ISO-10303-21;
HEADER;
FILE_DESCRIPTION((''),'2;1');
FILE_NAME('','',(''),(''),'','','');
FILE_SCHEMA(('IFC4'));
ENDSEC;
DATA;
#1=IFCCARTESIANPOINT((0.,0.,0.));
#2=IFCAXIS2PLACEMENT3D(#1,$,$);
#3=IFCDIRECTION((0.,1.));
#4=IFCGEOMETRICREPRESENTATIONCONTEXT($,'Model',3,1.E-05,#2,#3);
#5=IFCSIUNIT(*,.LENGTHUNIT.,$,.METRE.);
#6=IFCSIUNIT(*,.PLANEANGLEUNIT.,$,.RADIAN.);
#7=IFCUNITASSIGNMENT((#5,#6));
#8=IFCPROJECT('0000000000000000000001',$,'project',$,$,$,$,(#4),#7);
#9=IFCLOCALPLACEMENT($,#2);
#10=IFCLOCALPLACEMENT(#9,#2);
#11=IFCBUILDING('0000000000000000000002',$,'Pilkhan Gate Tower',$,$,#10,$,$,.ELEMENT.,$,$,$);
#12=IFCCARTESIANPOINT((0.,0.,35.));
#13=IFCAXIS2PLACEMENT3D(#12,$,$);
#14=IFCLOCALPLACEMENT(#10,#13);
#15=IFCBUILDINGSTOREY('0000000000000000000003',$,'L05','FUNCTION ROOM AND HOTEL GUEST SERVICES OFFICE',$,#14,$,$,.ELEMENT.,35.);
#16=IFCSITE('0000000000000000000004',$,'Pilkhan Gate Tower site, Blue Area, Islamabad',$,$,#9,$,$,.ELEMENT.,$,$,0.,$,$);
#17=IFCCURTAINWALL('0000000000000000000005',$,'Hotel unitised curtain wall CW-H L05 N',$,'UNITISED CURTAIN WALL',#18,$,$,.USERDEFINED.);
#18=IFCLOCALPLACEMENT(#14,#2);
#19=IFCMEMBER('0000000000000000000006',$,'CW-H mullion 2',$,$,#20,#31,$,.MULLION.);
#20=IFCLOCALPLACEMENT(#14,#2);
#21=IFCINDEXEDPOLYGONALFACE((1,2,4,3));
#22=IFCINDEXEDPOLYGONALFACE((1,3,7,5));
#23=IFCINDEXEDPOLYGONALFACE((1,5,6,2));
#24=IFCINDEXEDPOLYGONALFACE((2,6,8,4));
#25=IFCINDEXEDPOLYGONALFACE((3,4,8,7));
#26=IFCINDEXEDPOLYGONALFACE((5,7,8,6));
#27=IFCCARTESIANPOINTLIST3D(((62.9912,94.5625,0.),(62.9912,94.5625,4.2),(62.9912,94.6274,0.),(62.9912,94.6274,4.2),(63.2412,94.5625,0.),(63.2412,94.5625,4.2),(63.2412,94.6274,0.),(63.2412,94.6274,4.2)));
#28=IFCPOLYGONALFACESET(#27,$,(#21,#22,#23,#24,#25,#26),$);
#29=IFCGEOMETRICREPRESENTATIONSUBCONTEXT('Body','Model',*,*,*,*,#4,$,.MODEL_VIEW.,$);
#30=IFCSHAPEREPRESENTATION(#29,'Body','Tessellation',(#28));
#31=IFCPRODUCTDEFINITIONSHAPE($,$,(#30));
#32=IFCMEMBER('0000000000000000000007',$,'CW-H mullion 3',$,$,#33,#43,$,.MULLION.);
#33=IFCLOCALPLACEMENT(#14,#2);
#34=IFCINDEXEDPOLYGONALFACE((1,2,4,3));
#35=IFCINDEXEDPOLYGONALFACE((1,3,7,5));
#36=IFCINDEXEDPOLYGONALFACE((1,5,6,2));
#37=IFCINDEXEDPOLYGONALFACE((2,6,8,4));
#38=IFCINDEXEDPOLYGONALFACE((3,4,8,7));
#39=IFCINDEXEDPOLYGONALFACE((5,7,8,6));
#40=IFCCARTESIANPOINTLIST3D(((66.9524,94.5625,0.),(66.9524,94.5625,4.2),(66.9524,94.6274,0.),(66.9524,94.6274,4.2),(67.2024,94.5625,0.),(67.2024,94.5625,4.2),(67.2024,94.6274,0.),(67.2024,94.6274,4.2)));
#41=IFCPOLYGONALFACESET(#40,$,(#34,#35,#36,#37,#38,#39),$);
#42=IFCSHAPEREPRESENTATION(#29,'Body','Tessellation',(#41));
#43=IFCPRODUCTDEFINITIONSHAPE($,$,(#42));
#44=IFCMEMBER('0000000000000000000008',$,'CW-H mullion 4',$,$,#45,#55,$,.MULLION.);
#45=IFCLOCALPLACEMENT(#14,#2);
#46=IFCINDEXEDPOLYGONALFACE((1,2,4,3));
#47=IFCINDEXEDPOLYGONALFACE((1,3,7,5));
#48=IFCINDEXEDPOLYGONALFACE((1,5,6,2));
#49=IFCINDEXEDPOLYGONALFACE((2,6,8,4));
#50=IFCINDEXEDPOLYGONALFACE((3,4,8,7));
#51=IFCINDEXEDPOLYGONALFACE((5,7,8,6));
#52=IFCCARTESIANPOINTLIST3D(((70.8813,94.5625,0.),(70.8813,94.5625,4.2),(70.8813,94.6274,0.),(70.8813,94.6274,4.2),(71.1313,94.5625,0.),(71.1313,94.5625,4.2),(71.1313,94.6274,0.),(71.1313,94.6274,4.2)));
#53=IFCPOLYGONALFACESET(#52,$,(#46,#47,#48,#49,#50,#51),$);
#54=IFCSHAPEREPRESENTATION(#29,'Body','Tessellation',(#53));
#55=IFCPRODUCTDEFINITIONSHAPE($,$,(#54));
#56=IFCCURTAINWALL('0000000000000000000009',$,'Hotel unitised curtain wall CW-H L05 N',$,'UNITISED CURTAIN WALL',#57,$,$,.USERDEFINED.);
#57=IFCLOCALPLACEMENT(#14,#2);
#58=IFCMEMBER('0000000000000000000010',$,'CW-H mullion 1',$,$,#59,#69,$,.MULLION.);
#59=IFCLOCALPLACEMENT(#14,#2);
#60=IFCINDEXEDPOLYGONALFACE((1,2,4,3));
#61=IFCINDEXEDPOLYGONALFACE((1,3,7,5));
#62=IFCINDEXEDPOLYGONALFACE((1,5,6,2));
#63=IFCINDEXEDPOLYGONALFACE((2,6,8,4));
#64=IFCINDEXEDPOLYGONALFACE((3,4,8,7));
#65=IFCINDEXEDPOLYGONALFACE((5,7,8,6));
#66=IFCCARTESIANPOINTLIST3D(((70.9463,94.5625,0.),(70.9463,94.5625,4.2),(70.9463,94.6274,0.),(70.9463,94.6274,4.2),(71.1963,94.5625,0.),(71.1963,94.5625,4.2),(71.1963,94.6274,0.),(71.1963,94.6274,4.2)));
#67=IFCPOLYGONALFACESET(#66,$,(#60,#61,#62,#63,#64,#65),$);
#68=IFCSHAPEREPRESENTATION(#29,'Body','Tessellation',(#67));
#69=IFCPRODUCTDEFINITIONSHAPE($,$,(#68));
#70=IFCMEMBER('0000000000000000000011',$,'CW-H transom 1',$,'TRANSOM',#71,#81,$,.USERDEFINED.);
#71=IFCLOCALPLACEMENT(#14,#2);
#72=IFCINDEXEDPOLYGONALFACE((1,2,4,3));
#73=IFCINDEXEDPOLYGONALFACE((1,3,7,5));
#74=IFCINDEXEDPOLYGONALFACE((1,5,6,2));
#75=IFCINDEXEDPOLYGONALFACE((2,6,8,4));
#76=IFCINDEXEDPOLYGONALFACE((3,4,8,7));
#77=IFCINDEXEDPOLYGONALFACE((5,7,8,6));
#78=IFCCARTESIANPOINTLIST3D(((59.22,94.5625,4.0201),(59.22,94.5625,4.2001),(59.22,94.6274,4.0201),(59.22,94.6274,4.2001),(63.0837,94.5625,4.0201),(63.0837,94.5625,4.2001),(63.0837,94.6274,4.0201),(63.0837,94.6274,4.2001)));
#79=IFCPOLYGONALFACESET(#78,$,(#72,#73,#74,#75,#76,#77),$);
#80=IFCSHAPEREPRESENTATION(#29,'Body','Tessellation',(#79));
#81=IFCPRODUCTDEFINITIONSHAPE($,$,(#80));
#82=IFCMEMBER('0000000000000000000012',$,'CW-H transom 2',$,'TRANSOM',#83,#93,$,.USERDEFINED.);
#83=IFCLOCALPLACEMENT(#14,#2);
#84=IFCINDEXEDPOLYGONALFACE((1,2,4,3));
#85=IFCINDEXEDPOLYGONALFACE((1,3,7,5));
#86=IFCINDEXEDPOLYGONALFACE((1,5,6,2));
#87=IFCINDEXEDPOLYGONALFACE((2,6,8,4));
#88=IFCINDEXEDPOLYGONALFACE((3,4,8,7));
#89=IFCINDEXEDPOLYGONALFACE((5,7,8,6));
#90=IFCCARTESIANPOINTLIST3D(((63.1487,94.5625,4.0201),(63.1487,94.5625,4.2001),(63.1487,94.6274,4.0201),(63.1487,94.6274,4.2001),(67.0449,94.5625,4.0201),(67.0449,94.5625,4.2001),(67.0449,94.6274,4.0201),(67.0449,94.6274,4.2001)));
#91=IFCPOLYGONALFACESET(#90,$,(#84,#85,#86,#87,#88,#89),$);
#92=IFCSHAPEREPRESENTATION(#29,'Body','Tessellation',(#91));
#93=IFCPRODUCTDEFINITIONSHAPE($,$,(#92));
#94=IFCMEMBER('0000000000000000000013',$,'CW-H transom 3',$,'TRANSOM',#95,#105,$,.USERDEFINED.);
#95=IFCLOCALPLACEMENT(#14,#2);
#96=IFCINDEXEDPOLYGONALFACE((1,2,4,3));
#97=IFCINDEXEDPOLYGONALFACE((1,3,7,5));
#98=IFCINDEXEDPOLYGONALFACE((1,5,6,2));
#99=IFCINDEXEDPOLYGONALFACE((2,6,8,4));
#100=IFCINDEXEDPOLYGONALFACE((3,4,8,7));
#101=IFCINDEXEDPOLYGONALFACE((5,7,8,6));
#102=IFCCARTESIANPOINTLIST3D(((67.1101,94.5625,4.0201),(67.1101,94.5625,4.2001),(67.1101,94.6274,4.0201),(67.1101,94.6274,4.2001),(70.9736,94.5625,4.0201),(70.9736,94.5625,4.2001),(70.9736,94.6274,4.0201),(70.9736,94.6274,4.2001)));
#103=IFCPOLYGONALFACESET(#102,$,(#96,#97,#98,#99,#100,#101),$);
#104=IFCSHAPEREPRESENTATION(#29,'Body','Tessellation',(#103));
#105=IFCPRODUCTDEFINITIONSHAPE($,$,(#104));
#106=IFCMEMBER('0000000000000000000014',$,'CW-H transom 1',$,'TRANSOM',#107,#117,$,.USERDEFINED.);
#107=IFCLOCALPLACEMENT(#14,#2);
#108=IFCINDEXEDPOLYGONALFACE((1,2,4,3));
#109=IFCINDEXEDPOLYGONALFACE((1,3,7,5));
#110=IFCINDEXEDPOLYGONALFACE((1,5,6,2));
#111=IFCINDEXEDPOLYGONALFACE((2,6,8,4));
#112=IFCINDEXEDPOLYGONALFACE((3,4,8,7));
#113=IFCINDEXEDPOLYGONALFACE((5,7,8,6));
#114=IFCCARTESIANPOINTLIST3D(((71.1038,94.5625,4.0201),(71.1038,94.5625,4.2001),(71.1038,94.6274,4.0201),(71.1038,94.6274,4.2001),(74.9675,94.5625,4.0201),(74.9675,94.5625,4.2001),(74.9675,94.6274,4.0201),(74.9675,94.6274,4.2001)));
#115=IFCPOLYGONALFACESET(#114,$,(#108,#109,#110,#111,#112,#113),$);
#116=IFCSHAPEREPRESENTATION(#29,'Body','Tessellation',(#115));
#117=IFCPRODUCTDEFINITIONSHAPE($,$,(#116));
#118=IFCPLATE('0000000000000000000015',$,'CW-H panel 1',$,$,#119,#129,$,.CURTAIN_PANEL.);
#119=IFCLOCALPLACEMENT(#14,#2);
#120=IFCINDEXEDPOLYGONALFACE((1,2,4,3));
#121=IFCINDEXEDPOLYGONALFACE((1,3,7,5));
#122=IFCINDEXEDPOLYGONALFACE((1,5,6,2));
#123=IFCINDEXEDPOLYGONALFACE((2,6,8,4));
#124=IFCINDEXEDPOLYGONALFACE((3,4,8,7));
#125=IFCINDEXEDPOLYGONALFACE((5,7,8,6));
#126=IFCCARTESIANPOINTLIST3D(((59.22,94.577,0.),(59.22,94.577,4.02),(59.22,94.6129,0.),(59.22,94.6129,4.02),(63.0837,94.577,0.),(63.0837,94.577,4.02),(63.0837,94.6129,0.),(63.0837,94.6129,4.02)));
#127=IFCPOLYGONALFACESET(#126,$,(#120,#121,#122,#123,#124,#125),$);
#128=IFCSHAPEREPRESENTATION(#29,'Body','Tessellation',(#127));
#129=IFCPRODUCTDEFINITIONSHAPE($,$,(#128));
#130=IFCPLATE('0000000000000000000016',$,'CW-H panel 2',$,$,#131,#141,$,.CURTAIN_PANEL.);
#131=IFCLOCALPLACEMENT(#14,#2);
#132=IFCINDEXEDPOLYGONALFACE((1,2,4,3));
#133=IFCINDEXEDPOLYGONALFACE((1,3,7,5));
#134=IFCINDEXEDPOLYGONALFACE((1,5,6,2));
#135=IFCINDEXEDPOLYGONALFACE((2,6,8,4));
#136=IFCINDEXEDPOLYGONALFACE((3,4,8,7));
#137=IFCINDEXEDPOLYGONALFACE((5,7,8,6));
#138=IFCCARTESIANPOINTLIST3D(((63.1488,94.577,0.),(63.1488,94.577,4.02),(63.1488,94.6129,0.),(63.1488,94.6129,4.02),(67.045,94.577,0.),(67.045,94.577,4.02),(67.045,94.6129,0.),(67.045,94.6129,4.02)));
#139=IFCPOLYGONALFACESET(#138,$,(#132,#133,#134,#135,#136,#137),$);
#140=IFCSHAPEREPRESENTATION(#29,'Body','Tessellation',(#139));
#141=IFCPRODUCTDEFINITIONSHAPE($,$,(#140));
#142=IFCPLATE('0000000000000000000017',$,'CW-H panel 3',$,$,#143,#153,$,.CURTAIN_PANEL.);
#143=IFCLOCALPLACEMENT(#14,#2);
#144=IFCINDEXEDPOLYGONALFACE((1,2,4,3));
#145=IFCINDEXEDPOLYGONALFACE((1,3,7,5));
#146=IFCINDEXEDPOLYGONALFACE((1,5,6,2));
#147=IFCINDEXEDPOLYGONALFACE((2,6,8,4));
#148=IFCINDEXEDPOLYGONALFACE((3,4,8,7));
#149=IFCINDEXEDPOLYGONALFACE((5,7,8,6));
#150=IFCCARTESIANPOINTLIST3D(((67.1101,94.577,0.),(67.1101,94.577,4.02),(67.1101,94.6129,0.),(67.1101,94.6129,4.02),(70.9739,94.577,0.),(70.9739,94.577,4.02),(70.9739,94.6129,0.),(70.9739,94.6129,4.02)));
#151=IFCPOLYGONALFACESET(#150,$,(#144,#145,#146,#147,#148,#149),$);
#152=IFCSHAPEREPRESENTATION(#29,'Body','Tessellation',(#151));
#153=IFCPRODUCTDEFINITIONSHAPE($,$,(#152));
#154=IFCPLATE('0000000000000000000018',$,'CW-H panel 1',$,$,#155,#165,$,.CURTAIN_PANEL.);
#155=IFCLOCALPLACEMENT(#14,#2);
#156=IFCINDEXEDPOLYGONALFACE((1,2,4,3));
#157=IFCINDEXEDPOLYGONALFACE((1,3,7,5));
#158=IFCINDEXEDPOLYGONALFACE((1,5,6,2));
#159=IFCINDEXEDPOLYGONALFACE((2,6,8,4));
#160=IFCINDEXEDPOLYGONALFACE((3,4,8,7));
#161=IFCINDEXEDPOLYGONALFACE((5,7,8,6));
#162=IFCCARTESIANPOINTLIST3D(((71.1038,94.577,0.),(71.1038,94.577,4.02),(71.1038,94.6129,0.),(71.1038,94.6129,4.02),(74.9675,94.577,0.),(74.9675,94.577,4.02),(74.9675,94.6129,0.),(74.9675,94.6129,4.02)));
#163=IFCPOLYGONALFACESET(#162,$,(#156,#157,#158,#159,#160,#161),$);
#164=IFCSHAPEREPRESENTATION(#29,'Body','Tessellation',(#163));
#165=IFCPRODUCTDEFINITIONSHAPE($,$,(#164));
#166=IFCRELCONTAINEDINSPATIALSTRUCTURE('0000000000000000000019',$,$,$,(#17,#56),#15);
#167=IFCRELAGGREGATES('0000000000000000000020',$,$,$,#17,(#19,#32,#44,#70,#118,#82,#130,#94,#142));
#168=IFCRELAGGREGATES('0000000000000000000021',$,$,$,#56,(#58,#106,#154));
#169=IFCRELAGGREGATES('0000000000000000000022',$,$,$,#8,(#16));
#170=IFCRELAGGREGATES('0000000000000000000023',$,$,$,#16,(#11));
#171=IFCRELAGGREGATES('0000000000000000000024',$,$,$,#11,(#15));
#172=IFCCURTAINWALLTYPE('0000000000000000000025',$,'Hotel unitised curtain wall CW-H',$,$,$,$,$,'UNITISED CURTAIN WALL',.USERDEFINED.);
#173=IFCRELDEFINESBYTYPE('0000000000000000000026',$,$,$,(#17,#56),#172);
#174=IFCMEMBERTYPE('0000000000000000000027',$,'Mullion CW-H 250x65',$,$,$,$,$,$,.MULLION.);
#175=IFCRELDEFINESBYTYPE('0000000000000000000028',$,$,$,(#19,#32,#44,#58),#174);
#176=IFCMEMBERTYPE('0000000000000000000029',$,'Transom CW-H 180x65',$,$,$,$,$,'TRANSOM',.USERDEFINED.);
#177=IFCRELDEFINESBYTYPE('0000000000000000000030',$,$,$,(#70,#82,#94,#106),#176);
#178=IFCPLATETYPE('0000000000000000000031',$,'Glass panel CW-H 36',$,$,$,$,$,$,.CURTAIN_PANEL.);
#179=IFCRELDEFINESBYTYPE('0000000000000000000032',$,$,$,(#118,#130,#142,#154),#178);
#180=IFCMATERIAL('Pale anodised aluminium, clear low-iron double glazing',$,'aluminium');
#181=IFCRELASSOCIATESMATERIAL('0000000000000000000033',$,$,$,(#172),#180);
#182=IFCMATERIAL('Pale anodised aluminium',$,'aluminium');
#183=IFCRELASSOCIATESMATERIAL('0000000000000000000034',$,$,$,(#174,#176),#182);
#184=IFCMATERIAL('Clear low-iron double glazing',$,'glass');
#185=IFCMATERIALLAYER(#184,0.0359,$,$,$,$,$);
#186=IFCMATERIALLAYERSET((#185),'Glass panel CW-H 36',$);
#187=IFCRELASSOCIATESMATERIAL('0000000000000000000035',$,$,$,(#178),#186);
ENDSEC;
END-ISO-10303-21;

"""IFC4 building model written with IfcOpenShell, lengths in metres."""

from ifc_helpers import new_model, si_unit, direction, frame, origin, origin_2d, place, context, subcontext, project, spatial, rectangle, extrude, material, layer, layer_set, material_profile, profile_set, type_object, element, aggregate, save


model = new_model("IFC4")

# Units and contexts
model_context = context("Model", 3, precision=1e-05, world=origin(), true_north=direction((0.0, 1.0)))
body_context = subcontext(model_context, "Body", "Model", "MODEL_VIEW")
ifc_project = project(units=[si_unit("LENGTHUNIT", "METRE"), si_unit("PLANEANGLEUNIT", "RADIAN")], contexts=[model_context])

# Site, building, storey
site_placement = place(None, origin())
site = spatial("IfcSite", under=ifc_project, at=site_placement, Name="Pilkhan Gate Tower site, Blue Area, Islamabad", CompositionType="ELEMENT", RefElevation=0.0)
building_placement = place(site_placement, origin())
building = spatial("IfcBuilding", under=site, at=building_placement, Name="Pilkhan Gate Tower", CompositionType="ELEMENT")
storey_placement = place(building_placement, frame((0.0, 0.0, 35.0)))
storey = spatial("IfcBuildingStorey", under=building, at=storey_placement, Name="L05", Description="FUNCTION ROOM AND HOTEL GUEST SERVICES OFFICE", CompositionType="ELEMENT", Elevation=35.0)

# Curtain wall, members
ifc_material_1 = material(Name="Pale anodised aluminium, clear low-iron double glazing", Category="aluminium")
curtain_wall_type = type_object("IfcCurtainWallType", Name="Hotel unitised curtain wall CW-H", ElementType="UNITISED CURTAIN WALL", PredefinedType="USERDEFINED", material=ifc_material_1)
curtain_wall_1_placement = place(storey_placement, origin())
curtain_wall_1 = element("IfcCurtainWall", 1, at=curtain_wall_1_placement, inside=storey, type_object=curtain_wall_type, Name="Hotel unitised curtain wall CW-H L05 N", ObjectType="UNITISED CURTAIN WALL", PredefinedType="USERDEFINED")
ifc_material_2 = material(Name="Pale anodised aluminium", Category="aluminium")
ifc_material_profile_1 = material_profile(ifc_material_2, rectangle(XDim=0.0649, YDim=0.25, at=origin_2d()), Name="Mullion 250x65")
ifc_profile_set_1 = profile_set([ifc_material_profile_1], Name="Pale anodised aluminium")
member_type_1 = type_object("IfcMemberType", Name="Mullion CW-H 250x65", PredefinedType="MULLION", material=ifc_profile_set_1)
member_1_placement = place(storey_placement, frame((63.1162, 94.595, 0.0), z_axis=(0.0, 0.0, 1.0), x_axis=(0.0, 1.0, 0.0)))
member_1 = element("IfcMember", 2, at=member_1_placement, type_object=member_type_1, Name="CW-H mullion 2", PredefinedType="MULLION", context=body_context, shape_type="SweptSolid", body=[
    extrude(rectangle(XDim=0.0649, YDim=0.25, at=origin_2d()), origin(), (0.0, 0.0, 1.0), 4.2),
])
member_2_placement = place(storey_placement, frame((67.0774, 94.595, 0.0), z_axis=(0.0, 0.0, 1.0), x_axis=(0.0, 1.0, 0.0)))
member_2 = element("IfcMember", 3, at=member_2_placement, type_object=member_type_1, Name="CW-H mullion 3", PredefinedType="MULLION", context=body_context, shape_type="SweptSolid", body=[
    extrude(rectangle(XDim=0.0649, YDim=0.25, at=origin_2d()), origin(), (0.0, 0.0, 1.0), 4.2),
])
member_3_placement = place(storey_placement, frame((71.0063, 94.595, 0.0), z_axis=(0.0, 0.0, 1.0), x_axis=(0.0, 1.0, 0.0)))
member_3 = element("IfcMember", 4, at=member_3_placement, type_object=member_type_1, Name="CW-H mullion 4", PredefinedType="MULLION", context=body_context, shape_type="SweptSolid", body=[
    extrude(rectangle(XDim=0.0649, YDim=0.25, at=origin_2d()), origin(), (0.0, 0.0, 1.0), 4.2),
])

# Curtain wall, member
curtain_wall_2_placement = place(storey_placement, origin())
curtain_wall_2 = element("IfcCurtainWall", 5, at=curtain_wall_2_placement, inside=storey, type_object=curtain_wall_type, Name="Hotel unitised curtain wall CW-H L05 N", ObjectType="UNITISED CURTAIN WALL", PredefinedType="USERDEFINED")
member_4_placement = place(storey_placement, frame((71.0713, 94.595, 0.0), z_axis=(0.0, 0.0, 1.0), x_axis=(0.0, 1.0, 0.0)))
member_4 = element("IfcMember", 6, at=member_4_placement, type_object=member_type_1, Name="CW-H mullion 1", PredefinedType="MULLION", context=body_context, shape_type="SweptSolid", body=[
    extrude(rectangle(XDim=0.0649, YDim=0.25, at=origin_2d()), origin(), (0.0, 0.0, 1.0), 4.2),
])

# Members
ifc_material_profile_2 = material_profile(ifc_material_2, rectangle(XDim=0.0649, YDim=0.1799, at=origin_2d()), Name="Transom 180x65")
ifc_profile_set_2 = profile_set([ifc_material_profile_2], Name="Pale anodised aluminium")
member_type_2 = type_object("IfcMemberType", Name="Transom CW-H 180x65", ElementType="TRANSOM", PredefinedType="USERDEFINED", material=ifc_profile_set_2)
member_5_placement = place(storey_placement, frame((59.22, 94.595, 4.1101), z_axis=(1.0, 0.0, 0.0), x_axis=(0.0, 1.0, 0.0)))
member_5 = element("IfcMember", 7, at=member_5_placement, type_object=member_type_2, Name="CW-H transom 1", ObjectType="TRANSOM", PredefinedType="USERDEFINED", context=body_context, shape_type="SweptSolid", body=[
    extrude(rectangle(XDim=0.0649, YDim=0.1799, at=origin_2d()), origin(), (0.0, 0.0, 1.0), 3.8638),
])
member_6_placement = place(storey_placement, frame((63.1487, 94.595, 4.1101), z_axis=(1.0, 0.0, 0.0), x_axis=(0.0, 1.0, 0.0)))
member_6 = element("IfcMember", 8, at=member_6_placement, type_object=member_type_2, Name="CW-H transom 2", ObjectType="TRANSOM", PredefinedType="USERDEFINED", context=body_context, shape_type="SweptSolid", body=[
    extrude(rectangle(XDim=0.0649, YDim=0.1799, at=origin_2d()), origin(), (0.0, 0.0, 1.0), 3.8962),
])
member_7_placement = place(storey_placement, frame((67.1101, 94.595, 4.1101), z_axis=(1.0, 0.0, 0.0), x_axis=(0.0, 1.0, 0.0)))
member_7 = element("IfcMember", 9, at=member_7_placement, type_object=member_type_2, Name="CW-H transom 3", ObjectType="TRANSOM", PredefinedType="USERDEFINED", context=body_context, shape_type="SweptSolid", body=[
    extrude(rectangle(XDim=0.0649, YDim=0.1799, at=origin_2d()), origin(), (0.0, 0.0, 1.0), 3.8635),
])
member_8_placement = place(storey_placement, frame((71.1038, 94.595, 4.1101), z_axis=(1.0, 0.0, 0.0), x_axis=(0.0, 1.0, 0.0)))
member_8 = element("IfcMember", 10, at=member_8_placement, type_object=member_type_2, Name="CW-H transom 1", ObjectType="TRANSOM", PredefinedType="USERDEFINED", context=body_context, shape_type="SweptSolid", body=[
    extrude(rectangle(XDim=0.0649, YDim=0.1799, at=origin_2d()), origin(), (0.0, 0.0, 1.0), 3.8638),
])

# Plates
ifc_material_3 = material(Name="Clear low-iron double glazing", Category="glass")
ifc_layer_1 = layer(ifc_material_3, 0.0359)
ifc_layer_set_1 = layer_set([ifc_layer_1], Name="Glass panel CW-H 36")
plate_type = type_object("IfcPlateType", Name="Glass panel CW-H 36", PredefinedType="CURTAIN_PANEL", material=ifc_layer_set_1)
plate_1_placement = place(storey_placement, frame((61.1519, 94.595, 0.0), z_axis=(0.0, 0.0, 1.0), x_axis=(1.0, 0.0, 0.0)))
plate_1 = element("IfcPlate", 11, at=plate_1_placement, type_object=plate_type, Name="CW-H panel 1", PredefinedType="CURTAIN_PANEL", context=body_context, shape_type="SweptSolid", body=[
    extrude(rectangle(XDim=3.8638, YDim=0.0359, at=origin_2d()), origin(), (0.0, 0.0, 1.0), 4.02),
])
plate_2_placement = place(storey_placement, frame((65.0969, 94.595, 0.0), z_axis=(0.0, 0.0, 1.0), x_axis=(1.0, 0.0, 0.0)))
plate_2 = element("IfcPlate", 12, at=plate_2_placement, type_object=plate_type, Name="CW-H panel 2", PredefinedType="CURTAIN_PANEL", context=body_context, shape_type="SweptSolid", body=[
    extrude(rectangle(XDim=3.8962, YDim=0.0359, at=origin_2d()), origin(), (0.0, 0.0, 1.0), 4.02),
])
plate_3_placement = place(storey_placement, frame((69.042, 94.595, 0.0), z_axis=(0.0, 0.0, 1.0), x_axis=(1.0, 0.0, 0.0)))
plate_3 = element("IfcPlate", 13, at=plate_3_placement, type_object=plate_type, Name="CW-H panel 3", PredefinedType="CURTAIN_PANEL", context=body_context, shape_type="SweptSolid", body=[
    extrude(rectangle(XDim=3.8638, YDim=0.0359, at=origin_2d()), origin(), (0.0, 0.0, 1.0), 4.02),
])
aggregate(curtain_wall_1, [member_1, member_2, member_3, member_5, plate_1, member_6, plate_2, member_7, plate_3])
plate_4_placement = place(storey_placement, frame((73.0356, 94.595, 0.0), z_axis=(0.0, 0.0, 1.0), x_axis=(1.0, 0.0, 0.0)))
plate_4 = element("IfcPlate", 14, at=plate_4_placement, type_object=plate_type, Name="CW-H panel 1", PredefinedType="CURTAIN_PANEL", context=body_context, shape_type="SweptSolid", body=[
    extrude(rectangle(XDim=3.8638, YDim=0.0359, at=origin_2d()), origin(), (0.0, 0.0, 1.0), 4.02),
])
aggregate(curtain_wall_2, [member_4, member_8, plate_4])

save(model, "model.ifc")
